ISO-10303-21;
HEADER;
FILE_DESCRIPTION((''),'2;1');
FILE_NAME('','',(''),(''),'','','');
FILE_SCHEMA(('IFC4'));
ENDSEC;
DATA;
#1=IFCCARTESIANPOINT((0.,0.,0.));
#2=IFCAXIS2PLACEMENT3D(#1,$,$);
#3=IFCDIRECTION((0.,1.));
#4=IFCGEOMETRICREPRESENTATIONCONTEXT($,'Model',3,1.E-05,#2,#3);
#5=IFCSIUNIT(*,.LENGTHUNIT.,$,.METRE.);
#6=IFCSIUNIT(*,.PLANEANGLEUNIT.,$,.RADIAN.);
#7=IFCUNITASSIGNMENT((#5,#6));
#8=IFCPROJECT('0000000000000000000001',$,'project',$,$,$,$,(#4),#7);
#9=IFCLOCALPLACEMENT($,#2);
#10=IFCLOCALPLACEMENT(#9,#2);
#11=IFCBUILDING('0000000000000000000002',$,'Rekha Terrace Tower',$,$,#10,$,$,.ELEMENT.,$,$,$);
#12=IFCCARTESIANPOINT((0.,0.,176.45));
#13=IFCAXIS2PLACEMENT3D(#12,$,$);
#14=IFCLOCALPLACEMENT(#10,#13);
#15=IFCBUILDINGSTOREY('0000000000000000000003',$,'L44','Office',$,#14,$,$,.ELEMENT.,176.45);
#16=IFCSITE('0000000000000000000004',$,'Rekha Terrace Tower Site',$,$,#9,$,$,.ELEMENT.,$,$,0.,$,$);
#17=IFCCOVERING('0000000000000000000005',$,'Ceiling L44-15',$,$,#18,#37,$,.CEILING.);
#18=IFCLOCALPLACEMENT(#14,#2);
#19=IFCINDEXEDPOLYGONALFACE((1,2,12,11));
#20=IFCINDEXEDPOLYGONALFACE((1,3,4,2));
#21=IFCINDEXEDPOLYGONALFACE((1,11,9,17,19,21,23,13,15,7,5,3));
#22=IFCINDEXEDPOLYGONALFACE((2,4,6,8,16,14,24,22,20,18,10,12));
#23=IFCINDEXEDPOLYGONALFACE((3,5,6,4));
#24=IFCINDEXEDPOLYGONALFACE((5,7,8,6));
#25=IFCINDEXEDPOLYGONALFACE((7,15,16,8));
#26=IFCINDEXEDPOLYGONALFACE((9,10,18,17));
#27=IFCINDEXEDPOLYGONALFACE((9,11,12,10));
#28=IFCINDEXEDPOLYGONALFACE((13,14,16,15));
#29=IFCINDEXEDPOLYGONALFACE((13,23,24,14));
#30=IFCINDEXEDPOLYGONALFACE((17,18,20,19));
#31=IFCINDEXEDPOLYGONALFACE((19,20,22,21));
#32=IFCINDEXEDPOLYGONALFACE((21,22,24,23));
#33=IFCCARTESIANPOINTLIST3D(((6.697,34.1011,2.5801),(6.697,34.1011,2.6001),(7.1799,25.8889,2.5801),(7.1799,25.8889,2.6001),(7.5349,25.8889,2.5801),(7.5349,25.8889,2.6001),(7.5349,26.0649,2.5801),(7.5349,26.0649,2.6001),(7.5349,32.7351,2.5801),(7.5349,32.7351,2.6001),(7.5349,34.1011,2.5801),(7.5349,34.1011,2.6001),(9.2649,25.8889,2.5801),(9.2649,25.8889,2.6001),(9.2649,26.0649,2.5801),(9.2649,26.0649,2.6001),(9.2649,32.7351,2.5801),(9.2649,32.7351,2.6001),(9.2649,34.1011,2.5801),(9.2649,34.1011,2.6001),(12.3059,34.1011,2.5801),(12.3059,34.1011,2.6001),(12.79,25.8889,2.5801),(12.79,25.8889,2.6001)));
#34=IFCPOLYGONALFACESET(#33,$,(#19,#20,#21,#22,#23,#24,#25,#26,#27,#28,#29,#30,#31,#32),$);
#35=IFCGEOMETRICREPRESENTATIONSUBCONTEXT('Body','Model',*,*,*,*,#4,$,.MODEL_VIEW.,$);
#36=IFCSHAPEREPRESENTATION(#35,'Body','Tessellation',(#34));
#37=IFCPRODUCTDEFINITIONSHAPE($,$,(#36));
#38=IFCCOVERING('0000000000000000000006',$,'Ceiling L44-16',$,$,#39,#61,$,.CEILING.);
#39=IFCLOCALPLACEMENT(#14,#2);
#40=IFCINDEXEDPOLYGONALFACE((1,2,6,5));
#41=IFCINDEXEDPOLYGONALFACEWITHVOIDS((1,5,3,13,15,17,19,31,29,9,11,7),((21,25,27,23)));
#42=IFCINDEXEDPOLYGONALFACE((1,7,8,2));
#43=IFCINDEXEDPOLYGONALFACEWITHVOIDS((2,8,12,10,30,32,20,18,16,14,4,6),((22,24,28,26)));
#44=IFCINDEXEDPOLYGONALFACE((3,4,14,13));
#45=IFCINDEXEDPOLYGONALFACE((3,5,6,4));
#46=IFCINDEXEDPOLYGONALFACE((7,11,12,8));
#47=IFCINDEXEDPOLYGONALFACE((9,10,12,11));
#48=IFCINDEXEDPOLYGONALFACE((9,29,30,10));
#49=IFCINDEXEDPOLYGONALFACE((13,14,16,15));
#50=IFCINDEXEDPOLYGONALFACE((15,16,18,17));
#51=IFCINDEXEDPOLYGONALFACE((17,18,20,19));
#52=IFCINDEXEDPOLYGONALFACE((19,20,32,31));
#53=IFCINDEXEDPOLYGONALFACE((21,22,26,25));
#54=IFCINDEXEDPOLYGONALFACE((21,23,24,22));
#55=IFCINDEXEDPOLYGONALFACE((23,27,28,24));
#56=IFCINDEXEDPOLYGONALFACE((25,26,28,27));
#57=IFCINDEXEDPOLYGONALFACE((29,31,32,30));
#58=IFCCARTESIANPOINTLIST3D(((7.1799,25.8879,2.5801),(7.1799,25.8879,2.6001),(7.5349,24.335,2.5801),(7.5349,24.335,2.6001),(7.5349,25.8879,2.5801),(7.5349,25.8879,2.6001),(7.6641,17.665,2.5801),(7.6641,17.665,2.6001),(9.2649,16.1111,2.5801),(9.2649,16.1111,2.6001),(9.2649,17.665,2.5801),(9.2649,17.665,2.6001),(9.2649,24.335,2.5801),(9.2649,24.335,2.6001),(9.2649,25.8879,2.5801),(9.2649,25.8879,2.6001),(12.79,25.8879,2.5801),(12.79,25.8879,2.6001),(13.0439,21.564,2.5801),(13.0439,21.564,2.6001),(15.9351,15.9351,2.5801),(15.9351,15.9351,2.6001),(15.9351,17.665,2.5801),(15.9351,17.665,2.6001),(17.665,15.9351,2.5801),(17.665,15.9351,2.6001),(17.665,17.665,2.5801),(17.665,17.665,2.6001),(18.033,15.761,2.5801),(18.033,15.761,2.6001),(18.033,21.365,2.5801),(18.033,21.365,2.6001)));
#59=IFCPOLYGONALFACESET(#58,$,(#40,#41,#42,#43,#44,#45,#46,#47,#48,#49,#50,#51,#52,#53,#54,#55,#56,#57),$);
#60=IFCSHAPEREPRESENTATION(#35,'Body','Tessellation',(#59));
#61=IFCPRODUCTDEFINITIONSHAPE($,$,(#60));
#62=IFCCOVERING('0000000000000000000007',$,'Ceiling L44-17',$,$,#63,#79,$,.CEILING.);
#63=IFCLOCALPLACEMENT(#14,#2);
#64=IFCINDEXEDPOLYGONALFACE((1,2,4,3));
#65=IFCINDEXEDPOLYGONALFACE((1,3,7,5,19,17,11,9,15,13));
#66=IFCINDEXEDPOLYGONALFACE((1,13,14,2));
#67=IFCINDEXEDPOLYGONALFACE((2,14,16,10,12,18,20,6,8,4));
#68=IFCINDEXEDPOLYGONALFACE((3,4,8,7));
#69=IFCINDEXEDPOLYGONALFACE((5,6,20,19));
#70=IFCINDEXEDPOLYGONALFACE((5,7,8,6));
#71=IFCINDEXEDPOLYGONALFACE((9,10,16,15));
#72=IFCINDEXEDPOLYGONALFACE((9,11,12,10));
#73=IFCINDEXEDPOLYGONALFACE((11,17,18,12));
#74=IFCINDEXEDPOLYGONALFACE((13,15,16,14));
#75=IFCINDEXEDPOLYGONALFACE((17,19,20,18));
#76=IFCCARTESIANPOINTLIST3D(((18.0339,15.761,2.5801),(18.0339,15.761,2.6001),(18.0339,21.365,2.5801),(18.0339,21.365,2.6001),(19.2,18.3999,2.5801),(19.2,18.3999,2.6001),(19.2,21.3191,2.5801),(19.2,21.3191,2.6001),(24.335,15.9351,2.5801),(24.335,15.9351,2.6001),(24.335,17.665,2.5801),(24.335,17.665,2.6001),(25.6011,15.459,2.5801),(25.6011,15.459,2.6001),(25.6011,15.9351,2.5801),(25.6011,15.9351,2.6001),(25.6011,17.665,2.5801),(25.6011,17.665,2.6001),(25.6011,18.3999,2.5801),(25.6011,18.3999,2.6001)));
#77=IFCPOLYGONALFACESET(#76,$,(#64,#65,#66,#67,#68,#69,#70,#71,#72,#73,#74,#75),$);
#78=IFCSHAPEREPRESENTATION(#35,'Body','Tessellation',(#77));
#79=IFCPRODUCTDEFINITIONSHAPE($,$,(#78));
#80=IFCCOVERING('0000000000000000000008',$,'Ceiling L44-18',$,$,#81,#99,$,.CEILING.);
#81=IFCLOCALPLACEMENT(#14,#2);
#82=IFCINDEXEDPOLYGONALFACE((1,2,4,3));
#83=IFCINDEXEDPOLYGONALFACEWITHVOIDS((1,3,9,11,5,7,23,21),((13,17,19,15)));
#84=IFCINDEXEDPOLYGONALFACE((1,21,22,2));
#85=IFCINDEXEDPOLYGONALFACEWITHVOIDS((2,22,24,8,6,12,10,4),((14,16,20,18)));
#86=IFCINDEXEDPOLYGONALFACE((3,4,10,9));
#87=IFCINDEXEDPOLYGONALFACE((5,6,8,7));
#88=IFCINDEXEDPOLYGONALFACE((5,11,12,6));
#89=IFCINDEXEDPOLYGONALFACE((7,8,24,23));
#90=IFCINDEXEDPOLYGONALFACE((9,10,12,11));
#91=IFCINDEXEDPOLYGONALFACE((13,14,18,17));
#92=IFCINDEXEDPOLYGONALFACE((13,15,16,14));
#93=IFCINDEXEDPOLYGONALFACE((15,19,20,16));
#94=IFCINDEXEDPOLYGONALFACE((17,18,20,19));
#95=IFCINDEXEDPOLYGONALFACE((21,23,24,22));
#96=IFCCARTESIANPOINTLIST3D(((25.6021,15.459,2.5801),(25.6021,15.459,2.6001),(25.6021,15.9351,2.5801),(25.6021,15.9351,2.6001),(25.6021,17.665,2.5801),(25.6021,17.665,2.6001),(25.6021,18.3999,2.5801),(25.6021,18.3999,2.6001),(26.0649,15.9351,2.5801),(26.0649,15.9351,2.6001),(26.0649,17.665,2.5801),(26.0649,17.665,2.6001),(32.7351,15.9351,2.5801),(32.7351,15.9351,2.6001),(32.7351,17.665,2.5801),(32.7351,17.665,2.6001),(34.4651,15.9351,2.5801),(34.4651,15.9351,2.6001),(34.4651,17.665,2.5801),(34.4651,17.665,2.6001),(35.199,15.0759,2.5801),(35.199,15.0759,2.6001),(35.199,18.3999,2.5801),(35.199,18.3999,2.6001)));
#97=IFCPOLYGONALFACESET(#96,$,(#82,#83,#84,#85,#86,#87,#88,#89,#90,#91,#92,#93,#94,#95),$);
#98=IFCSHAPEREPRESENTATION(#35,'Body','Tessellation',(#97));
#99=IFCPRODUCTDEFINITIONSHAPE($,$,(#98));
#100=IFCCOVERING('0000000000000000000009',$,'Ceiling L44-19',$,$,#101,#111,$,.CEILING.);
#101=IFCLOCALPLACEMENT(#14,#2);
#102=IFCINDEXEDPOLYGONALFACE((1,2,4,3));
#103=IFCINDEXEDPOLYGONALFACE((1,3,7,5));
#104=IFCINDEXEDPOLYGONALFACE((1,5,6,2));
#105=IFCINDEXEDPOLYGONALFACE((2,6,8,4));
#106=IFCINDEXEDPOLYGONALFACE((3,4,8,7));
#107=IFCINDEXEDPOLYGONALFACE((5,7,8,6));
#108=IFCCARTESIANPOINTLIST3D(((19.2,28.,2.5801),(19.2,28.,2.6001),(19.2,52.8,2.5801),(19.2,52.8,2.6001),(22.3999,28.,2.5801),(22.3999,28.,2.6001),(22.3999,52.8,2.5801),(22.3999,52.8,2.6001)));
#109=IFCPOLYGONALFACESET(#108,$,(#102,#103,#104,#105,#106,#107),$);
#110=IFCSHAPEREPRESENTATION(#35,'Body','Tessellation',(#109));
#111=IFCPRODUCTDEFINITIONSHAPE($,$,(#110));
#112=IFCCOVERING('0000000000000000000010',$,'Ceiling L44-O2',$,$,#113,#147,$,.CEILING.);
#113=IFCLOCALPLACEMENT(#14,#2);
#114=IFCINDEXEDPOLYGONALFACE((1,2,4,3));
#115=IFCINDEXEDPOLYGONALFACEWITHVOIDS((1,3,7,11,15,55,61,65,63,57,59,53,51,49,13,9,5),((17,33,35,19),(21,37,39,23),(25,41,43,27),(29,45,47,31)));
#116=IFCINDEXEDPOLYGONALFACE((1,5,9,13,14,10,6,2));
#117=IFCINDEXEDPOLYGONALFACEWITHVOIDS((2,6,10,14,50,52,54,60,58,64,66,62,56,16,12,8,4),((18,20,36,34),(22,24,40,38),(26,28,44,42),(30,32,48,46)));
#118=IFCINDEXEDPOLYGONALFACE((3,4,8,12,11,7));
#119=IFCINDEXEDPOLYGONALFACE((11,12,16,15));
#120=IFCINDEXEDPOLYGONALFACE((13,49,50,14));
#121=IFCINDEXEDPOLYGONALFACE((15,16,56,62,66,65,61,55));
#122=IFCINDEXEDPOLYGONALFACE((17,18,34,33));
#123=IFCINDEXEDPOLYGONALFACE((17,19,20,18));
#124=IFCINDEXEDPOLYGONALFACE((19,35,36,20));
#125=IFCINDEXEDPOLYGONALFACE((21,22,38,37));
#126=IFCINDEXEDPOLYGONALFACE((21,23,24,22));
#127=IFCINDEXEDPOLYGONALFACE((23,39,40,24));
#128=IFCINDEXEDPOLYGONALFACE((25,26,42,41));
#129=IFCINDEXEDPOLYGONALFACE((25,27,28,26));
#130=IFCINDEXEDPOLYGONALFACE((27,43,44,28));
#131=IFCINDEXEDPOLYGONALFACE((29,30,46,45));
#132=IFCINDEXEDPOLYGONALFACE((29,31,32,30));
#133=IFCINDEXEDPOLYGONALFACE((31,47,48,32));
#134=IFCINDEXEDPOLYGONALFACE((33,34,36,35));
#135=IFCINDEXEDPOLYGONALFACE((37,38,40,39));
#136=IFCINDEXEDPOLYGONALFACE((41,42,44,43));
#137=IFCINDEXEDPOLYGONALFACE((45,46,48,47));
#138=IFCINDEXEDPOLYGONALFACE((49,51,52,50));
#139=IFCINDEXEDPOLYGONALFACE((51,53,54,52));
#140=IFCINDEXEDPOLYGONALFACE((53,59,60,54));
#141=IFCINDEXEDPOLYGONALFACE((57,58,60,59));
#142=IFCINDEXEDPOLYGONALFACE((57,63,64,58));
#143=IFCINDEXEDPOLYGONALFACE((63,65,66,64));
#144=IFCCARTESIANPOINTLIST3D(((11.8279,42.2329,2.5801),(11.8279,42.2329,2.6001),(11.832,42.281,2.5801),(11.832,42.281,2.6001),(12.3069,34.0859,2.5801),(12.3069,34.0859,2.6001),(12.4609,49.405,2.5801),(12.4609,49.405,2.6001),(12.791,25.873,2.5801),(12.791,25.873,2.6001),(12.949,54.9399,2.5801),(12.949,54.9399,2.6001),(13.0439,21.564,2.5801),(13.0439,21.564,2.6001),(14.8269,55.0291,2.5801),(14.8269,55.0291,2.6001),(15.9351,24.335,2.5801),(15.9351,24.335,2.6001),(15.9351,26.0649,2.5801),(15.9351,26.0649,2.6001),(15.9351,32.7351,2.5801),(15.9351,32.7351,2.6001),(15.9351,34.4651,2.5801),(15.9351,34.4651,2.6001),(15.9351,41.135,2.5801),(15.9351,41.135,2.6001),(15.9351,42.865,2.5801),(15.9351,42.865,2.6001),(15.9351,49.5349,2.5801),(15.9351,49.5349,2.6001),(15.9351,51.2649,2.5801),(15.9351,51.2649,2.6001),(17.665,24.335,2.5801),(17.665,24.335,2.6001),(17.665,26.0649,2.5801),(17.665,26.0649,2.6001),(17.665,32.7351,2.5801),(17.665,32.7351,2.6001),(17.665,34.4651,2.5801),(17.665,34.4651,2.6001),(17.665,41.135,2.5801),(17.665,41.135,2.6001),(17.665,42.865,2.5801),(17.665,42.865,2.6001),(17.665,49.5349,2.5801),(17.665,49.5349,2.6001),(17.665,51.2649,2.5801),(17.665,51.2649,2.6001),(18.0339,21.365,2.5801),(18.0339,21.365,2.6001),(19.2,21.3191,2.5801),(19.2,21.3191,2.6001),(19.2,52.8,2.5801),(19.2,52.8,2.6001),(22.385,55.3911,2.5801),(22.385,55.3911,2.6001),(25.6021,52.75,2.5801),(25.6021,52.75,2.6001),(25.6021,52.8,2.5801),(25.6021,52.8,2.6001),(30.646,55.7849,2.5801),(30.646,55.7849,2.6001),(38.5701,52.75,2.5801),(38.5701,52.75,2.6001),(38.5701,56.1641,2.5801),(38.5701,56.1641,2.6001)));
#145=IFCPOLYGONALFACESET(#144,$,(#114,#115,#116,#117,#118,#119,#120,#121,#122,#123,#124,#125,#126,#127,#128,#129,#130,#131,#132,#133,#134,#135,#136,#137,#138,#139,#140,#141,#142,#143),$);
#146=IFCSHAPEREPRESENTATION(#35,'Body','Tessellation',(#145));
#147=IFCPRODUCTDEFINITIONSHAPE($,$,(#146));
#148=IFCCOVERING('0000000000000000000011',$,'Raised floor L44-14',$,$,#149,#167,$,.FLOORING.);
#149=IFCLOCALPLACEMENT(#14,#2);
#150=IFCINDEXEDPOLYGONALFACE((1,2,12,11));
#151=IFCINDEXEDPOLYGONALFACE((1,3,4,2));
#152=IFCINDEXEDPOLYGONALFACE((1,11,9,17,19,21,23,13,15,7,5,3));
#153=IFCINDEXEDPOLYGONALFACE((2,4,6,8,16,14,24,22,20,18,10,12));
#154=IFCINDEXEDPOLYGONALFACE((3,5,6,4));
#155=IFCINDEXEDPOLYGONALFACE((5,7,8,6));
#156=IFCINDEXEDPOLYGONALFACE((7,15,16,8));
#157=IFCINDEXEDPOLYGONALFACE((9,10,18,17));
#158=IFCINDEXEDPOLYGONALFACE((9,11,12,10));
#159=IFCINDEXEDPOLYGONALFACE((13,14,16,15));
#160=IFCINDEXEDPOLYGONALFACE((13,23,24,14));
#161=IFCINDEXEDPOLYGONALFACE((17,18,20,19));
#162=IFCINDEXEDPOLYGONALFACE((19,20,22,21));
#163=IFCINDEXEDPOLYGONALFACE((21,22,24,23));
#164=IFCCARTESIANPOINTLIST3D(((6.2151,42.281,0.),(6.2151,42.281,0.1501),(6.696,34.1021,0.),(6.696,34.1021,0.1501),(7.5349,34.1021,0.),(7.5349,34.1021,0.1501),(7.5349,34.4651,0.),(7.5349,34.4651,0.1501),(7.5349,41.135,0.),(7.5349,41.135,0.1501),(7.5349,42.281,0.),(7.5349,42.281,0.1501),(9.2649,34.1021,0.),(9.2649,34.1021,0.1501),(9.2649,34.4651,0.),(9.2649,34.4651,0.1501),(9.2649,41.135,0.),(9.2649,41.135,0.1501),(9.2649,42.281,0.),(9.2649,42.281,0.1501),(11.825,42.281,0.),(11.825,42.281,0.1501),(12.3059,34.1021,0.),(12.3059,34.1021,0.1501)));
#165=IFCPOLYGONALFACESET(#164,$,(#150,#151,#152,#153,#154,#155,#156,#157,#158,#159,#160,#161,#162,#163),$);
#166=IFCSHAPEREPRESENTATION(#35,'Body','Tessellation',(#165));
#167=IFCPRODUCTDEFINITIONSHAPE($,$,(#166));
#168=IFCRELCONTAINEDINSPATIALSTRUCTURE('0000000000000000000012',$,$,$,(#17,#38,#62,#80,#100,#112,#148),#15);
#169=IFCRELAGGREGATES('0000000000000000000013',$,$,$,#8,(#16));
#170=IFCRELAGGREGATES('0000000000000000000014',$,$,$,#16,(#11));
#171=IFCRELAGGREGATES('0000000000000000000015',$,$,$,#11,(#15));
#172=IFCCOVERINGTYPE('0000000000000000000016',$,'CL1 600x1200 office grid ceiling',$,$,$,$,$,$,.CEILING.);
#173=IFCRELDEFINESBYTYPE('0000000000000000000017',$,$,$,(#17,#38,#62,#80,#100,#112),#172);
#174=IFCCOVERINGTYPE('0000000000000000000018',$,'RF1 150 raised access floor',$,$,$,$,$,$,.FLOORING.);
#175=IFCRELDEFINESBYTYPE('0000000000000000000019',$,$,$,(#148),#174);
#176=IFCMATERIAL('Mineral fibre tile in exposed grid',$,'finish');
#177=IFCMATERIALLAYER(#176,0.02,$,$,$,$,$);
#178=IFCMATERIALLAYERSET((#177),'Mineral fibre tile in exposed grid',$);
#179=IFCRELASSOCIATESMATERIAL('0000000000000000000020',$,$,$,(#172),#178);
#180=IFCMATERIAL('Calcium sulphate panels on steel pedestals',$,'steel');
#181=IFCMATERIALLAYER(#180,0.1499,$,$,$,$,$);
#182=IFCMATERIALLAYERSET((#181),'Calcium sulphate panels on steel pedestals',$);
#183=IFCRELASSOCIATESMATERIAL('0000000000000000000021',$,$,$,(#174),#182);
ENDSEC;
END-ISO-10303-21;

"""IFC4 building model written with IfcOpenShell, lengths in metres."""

from ifc_helpers import new_model, si_unit, direction, frame, origin, place, context, subcontext, project, spatial, polyline, outline, extrude, material, layer, layer_set, type_object, element, save


model = new_model("IFC4")

# Units and contexts
model_context = context("Model", 3, precision=1e-05, world=origin(), true_north=direction((0.0, 1.0)))
body_context = subcontext(model_context, "Body", "Model", "MODEL_VIEW")
ifc_project = project(units=[si_unit("LENGTHUNIT", "METRE"), si_unit("PLANEANGLEUNIT", "RADIAN")], contexts=[model_context])

# Site, building, storey
site_placement = place(None, origin())
site = spatial("IfcSite", under=ifc_project, at=site_placement, Name="Rekha Terrace Tower Site", CompositionType="ELEMENT", RefElevation=0.0)
building_placement = place(site_placement, origin())
building = spatial("IfcBuilding", under=site, at=building_placement, Name="Rekha Terrace Tower", CompositionType="ELEMENT")
storey_placement = place(building_placement, frame((0.0, 0.0, 176.45)))
storey = spatial("IfcBuildingStorey", under=building, at=storey_placement, Name="L44", Description="Office", CompositionType="ELEMENT", Elevation=176.45)

# Coverings
ifc_material_1 = material(Name="Mineral fibre tile in exposed grid", Category="finish")
ifc_layer_1 = layer(ifc_material_1, 0.02)
ifc_layer_set_1 = layer_set([ifc_layer_1], Name="Mineral fibre tile in exposed grid")
covering_type_1 = type_object("IfcCoveringType", Name="CL1 600x1200 office grid ceiling", PredefinedType="CEILING", material=ifc_layer_set_1)
covering_1_placement = place(storey_placement, frame((0.0, 0.0, 2.5801)))
element("IfcCovering", 1, at=covering_1_placement, inside=storey, type_object=covering_type_1, Name="Ceiling L44-15", PredefinedType="CEILING", context=body_context, shape_type="SweptSolid", body=[
    extrude(outline(polyline([(9.2649, 25.8889), (12.79, 25.8889), (12.3059, 34.1011), (9.2649, 34.1011), (9.2649, 32.7351), (7.5349, 32.7351), (7.5349, 34.1011), (6.697, 34.1011), (7.1799, 25.8889), (7.5349, 25.8889), (7.5349, 26.0649), (9.2649, 26.0649), (9.2649, 25.8889)])), origin(), (0.0, 0.0, 1.0), 0.02),
])
covering_2_placement = place(storey_placement, frame((0.0, 0.0, 2.5801)))
element("IfcCovering", 2, at=covering_2_placement, inside=storey, type_object=covering_type_1, Name="Ceiling L44-16", PredefinedType="CEILING", context=body_context, shape_type="SweptSolid", body=[
    extrude(outline(polyline([(7.5349, 24.335), (7.5349, 25.8879), (7.1799, 25.8879), (7.6641, 17.665), (9.2649, 17.665), (9.2649, 16.1111), (18.033, 15.761), (18.033, 21.365), (13.0439, 21.564), (12.79, 25.8879), (9.2649, 25.8879), (9.2649, 24.335), (7.5349, 24.335)]), holes=[polyline([(17.665, 17.665), (17.665, 15.9351), (15.9351, 15.9351), (15.9351, 17.665), (17.665, 17.665)])]), origin(), (0.0, 0.0, 1.0), 0.02),
])
covering_3_placement = place(storey_placement, frame((0.0, 0.0, 2.5801)))
element("IfcCovering", 3, at=covering_3_placement, inside=storey, type_object=covering_type_1, Name="Ceiling L44-17", PredefinedType="CEILING", context=body_context, shape_type="SweptSolid", body=[
    extrude(outline(polyline([(24.335, 17.665), (25.6011, 17.665), (25.6011, 18.3999), (19.2, 18.3999), (19.2, 21.3191), (18.0339, 21.365), (18.0339, 15.761), (25.6011, 15.459), (25.6011, 15.9351), (24.335, 15.9351), (24.335, 17.665)])), origin(), (0.0, 0.0, 1.0), 0.02),
])
covering_4_placement = place(storey_placement, frame((0.0, 0.0, 2.5801)))
element("IfcCovering", 4, at=covering_4_placement, inside=storey, type_object=covering_type_1, Name="Ceiling L44-18", PredefinedType="CEILING", context=body_context, shape_type="SweptSolid", body=[
    extrude(outline(polyline([(25.6021, 15.9351), (25.6021, 15.459), (35.199, 15.0759), (35.199, 18.3999), (25.6021, 18.3999), (25.6021, 17.665), (26.0649, 17.665), (26.0649, 15.9351), (25.6021, 15.9351)]), holes=[polyline([(34.4651, 15.9351), (32.7351, 15.9351), (32.7351, 17.665), (34.4651, 17.665), (34.4651, 15.9351)])]), origin(), (0.0, 0.0, 1.0), 0.02),
])
covering_5_placement = place(storey_placement, frame((0.0, 0.0, 2.5801)))
element("IfcCovering", 5, at=covering_5_placement, inside=storey, type_object=covering_type_1, Name="Ceiling L44-19", PredefinedType="CEILING", context=body_context, shape_type="SweptSolid", body=[
    extrude(outline(polyline([(19.2, 52.8), (19.2, 28.0), (22.3999, 28.0), (22.3999, 52.8), (19.2, 52.8)])), origin(), (0.0, 0.0, 1.0), 0.02),
])
covering_6_placement = place(storey_placement, frame((0.0, 0.0, 2.5801)))
element("IfcCovering", 6, at=covering_6_placement, inside=storey, type_object=covering_type_1, Name="Ceiling L44-O2", PredefinedType="CEILING", context=body_context, shape_type="SweptSolid", body=[
    extrude(outline(polyline([(12.4609, 49.405), (11.832, 42.281), (11.8279, 42.2329), (12.3069, 34.0859), (12.791, 25.873), (13.0439, 21.564), (18.0339, 21.365), (19.2, 21.3191), (19.2, 52.8), (25.6021, 52.8), (25.6021, 52.75), (38.5701, 52.75), (38.5701, 56.1641), (30.646, 55.7849), (22.385, 55.3911), (14.8269, 55.0291), (12.949, 54.9399), (12.4609, 49.405)]), holes=[polyline([(17.665, 24.335), (15.9351, 24.335), (15.9351, 26.0649), (17.665, 26.0649), (17.665, 24.335)]), polyline([(17.665, 32.7351), (15.9351, 32.7351), (15.9351, 34.4651), (17.665, 34.4651), (17.665, 32.7351)]), polyline([(17.665, 42.865), (17.665, 41.135), (15.9351, 41.135), (15.9351, 42.865), (17.665, 42.865)]), polyline([(17.665, 51.2649), (17.665, 49.5349), (15.9351, 49.5349), (15.9351, 51.2649), (17.665, 51.2649)])]), origin(), (0.0, 0.0, 1.0), 0.02),
])
ifc_material_2 = material(Name="Calcium sulphate panels on steel pedestals", Category="steel")
ifc_layer_2 = layer(ifc_material_2, 0.1499)
ifc_layer_set_2 = layer_set([ifc_layer_2], Name="Calcium sulphate panels on steel pedestals")
covering_type_2 = type_object("IfcCoveringType", Name="RF1 150 raised access floor", PredefinedType="FLOORING", material=ifc_layer_set_2)
covering_7_placement = place(storey_placement, origin())
element("IfcCovering", 7, at=covering_7_placement, inside=storey, type_object=covering_type_2, Name="Raised floor L44-14", PredefinedType="FLOORING", context=body_context, shape_type="SweptSolid", body=[
    extrude(outline(polyline([(9.2649, 34.1021), (12.3059, 34.1021), (11.825, 42.281), (9.2649, 42.281), (9.2649, 41.135), (7.5349, 41.135), (7.5349, 42.281), (6.2151, 42.281), (6.696, 34.1021), (7.5349, 34.1021), (7.5349, 34.4651), (9.2649, 34.4651), (9.2649, 34.1021)])), origin(), (0.0, 0.0, 1.0), 0.1501),
])

save(model, "model.ifc")
